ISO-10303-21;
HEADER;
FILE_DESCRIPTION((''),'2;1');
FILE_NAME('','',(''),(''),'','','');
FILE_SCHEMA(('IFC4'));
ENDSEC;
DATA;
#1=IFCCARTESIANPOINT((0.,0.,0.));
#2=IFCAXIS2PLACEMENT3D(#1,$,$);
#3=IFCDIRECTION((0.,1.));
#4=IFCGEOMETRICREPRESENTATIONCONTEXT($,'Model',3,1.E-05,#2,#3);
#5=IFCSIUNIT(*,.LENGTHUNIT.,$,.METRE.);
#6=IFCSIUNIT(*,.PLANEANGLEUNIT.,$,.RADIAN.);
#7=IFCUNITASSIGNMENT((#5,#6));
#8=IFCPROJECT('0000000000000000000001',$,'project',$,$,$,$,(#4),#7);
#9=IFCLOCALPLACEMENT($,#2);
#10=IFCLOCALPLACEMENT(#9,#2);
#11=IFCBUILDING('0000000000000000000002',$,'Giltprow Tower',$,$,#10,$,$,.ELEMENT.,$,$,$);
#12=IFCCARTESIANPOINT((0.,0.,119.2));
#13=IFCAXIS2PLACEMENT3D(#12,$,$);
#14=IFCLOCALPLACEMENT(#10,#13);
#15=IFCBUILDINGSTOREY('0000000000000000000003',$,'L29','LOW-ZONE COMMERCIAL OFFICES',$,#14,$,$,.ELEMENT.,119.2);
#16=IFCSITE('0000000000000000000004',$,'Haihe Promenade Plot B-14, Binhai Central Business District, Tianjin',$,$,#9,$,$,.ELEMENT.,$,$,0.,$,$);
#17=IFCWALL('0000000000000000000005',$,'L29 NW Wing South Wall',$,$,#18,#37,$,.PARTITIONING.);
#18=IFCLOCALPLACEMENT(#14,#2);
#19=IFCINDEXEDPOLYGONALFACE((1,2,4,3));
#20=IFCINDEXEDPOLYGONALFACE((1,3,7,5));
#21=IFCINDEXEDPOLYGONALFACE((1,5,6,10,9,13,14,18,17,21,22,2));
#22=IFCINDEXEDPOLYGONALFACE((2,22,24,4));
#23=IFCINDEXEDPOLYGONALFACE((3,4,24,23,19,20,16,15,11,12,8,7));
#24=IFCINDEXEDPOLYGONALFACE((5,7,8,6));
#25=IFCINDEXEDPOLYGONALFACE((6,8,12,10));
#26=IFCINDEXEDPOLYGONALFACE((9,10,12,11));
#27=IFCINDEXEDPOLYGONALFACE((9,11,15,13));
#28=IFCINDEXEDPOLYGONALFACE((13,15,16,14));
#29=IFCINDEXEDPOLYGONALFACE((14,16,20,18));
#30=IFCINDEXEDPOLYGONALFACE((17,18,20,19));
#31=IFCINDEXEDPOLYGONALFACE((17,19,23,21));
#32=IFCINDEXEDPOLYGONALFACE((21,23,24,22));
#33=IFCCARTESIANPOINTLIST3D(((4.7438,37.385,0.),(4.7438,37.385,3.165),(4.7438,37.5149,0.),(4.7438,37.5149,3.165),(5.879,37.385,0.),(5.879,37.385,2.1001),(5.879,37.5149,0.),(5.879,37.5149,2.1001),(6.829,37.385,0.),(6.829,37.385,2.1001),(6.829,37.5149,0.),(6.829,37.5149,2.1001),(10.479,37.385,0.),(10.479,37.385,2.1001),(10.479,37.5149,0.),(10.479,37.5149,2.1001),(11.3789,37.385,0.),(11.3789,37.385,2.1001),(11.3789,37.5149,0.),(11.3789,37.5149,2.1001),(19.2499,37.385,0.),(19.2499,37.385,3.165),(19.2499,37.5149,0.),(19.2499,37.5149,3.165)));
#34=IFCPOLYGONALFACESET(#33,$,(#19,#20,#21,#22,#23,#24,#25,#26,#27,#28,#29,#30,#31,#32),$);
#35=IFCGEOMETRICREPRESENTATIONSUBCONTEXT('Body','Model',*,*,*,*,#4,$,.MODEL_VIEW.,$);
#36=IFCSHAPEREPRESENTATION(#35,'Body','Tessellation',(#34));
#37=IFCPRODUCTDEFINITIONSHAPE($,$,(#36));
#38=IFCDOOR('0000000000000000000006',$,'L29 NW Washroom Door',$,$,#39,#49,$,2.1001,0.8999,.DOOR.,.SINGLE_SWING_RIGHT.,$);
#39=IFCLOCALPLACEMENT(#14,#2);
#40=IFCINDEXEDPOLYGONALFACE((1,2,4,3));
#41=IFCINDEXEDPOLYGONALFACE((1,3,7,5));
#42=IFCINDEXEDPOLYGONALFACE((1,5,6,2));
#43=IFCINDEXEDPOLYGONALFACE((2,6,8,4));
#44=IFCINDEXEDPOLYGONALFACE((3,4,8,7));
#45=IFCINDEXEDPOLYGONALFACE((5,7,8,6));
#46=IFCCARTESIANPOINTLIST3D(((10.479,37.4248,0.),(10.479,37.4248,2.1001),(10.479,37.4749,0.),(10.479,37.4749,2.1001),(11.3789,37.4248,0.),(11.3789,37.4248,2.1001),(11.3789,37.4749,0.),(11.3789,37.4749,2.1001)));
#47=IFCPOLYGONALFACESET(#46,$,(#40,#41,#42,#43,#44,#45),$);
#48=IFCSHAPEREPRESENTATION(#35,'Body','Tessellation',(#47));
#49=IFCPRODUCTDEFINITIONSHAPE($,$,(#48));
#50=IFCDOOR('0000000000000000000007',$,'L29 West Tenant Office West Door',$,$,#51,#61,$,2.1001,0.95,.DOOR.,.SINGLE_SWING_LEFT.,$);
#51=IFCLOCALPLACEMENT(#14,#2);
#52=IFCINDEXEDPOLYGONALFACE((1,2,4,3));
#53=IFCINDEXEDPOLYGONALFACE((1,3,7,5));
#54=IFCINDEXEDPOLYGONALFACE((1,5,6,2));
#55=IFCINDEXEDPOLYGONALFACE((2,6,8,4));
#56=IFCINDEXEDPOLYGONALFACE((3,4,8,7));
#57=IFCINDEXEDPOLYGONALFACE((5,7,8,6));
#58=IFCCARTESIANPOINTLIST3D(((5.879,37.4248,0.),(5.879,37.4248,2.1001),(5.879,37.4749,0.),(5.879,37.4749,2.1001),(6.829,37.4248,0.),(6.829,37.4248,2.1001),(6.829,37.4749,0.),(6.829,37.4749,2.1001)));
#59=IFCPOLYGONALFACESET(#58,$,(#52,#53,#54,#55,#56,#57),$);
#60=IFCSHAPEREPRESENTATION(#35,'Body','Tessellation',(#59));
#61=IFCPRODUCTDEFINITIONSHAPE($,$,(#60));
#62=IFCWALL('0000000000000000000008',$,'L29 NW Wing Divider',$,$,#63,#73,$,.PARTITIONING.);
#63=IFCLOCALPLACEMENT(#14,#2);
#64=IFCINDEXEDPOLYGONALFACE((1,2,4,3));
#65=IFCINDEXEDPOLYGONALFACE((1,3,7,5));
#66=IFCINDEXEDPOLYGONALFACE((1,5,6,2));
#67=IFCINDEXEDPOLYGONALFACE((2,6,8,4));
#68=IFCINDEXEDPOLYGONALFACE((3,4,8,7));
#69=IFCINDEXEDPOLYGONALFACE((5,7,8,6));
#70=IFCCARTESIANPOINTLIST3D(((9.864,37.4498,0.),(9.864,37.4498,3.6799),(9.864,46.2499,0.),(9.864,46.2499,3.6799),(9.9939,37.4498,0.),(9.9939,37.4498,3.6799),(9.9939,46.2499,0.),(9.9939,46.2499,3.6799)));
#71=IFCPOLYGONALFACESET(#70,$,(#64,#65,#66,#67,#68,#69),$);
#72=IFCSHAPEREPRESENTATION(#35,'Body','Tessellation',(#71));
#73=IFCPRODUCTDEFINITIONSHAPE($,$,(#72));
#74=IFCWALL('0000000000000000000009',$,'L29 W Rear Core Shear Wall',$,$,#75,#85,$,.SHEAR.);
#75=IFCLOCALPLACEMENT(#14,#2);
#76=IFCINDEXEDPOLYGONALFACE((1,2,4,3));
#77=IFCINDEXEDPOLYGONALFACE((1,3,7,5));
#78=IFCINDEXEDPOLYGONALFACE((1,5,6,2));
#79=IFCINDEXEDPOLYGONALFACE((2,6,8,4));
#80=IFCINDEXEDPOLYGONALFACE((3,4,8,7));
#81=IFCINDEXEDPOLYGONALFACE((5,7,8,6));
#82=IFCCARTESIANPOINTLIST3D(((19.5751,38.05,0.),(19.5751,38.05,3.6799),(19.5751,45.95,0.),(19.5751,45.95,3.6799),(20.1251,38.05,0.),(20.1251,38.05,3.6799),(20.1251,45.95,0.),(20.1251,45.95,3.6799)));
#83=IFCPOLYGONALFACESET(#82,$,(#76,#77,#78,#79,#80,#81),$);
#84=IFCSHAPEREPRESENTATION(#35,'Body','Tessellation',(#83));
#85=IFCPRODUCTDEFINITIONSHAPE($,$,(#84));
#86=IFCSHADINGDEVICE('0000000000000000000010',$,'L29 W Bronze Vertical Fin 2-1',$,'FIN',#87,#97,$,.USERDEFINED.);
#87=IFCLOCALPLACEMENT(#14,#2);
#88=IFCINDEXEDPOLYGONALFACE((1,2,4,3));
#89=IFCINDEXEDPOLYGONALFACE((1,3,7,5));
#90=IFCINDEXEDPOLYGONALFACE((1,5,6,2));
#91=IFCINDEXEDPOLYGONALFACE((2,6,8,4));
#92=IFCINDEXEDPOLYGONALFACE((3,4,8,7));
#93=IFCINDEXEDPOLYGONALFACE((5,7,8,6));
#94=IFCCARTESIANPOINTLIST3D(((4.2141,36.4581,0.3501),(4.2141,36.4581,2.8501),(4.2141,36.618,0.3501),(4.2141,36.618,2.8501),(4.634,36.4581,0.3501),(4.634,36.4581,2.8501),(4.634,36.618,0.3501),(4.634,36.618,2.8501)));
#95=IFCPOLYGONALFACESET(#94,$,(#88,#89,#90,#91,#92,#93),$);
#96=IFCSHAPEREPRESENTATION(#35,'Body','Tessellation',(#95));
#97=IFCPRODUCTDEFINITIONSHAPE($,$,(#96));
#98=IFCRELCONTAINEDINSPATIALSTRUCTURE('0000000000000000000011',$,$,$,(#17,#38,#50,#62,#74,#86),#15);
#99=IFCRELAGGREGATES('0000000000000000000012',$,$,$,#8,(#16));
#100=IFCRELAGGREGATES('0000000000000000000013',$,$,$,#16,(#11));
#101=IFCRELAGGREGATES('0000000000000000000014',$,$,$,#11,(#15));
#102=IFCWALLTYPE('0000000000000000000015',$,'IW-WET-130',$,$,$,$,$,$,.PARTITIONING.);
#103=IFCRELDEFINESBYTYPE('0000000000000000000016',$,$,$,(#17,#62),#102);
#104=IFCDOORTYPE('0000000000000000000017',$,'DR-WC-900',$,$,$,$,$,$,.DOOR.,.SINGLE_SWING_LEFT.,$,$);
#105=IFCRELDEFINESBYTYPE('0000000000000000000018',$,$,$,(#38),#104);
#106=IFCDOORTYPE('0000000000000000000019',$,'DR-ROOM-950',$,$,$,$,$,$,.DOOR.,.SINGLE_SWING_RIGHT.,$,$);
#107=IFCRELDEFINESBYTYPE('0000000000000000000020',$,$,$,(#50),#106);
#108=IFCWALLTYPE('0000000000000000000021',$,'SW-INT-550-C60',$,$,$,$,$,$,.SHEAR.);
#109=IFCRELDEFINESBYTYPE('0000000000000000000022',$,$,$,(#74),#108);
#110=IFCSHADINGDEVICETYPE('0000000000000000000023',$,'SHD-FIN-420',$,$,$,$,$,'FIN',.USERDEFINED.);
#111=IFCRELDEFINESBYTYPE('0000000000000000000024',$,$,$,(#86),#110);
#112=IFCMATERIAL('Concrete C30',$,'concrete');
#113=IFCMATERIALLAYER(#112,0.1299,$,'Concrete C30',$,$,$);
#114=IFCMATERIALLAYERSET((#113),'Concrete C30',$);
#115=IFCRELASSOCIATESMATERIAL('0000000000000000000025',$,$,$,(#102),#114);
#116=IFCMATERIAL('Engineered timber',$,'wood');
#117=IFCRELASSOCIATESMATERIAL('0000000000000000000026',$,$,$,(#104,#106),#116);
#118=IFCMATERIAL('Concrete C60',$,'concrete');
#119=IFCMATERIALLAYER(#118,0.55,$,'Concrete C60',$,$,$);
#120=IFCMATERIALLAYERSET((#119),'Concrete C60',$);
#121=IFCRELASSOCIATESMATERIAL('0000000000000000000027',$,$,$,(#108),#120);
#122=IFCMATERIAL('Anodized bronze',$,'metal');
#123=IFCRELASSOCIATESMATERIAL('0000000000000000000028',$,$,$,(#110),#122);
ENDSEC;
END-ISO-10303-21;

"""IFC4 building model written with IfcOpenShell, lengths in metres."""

from ifc_helpers import new_model, si_unit, direction, frame, frame_2d, origin, origin_2d, place, context, subcontext, project, spatial, rectangle, extrude, source, transform, mapped, material, layer, layer_set, type_object, element, fill, save


model = new_model("IFC4")

# Units and contexts
model_context = context("Model", 3, precision=1e-05, world=origin(), true_north=direction((0.0, 1.0)))
body_context = subcontext(model_context, "Body", "Model", "MODEL_VIEW")
ifc_project = project(units=[si_unit("LENGTHUNIT", "METRE"), si_unit("PLANEANGLEUNIT", "RADIAN")], contexts=[model_context])

# Site, building, storey
site_placement = place(None, origin())
site = spatial("IfcSite", under=ifc_project, at=site_placement, Name="Haihe Promenade Plot B-14, Binhai Central Business District, Tianjin", CompositionType="ELEMENT", RefElevation=0.0)
building_placement = place(site_placement, origin())
building = spatial("IfcBuilding", under=site, at=building_placement, Name="Giltprow Tower", CompositionType="ELEMENT")
storey_placement = place(building_placement, frame((0.0, 0.0, 119.2)))
storey = spatial("IfcBuildingStorey", under=building, at=storey_placement, Name="L29", Description="LOW-ZONE COMMERCIAL OFFICES", CompositionType="ELEMENT", Elevation=119.2)

# Shared definitions
ifc_material_1 = material(Name="Concrete C60", Category="concrete")

# Shared definitions
ifc_material_2 = material(Name="Engineered timber", Category="wood")

# Wall, openings, doors
ifc_material_3 = material(Name="Concrete C30", Category="concrete")
ifc_layer_1 = layer(ifc_material_3, 0.1299, Name="Concrete C30")
ifc_layer_set_1 = layer_set([ifc_layer_1], Name="Concrete C30")
wall_type_1 = type_object("IfcWallType", Name="IW-WET-130", PredefinedType="PARTITIONING", material=ifc_layer_set_1)
wall_1_placement = place(storey_placement, frame((4.7439, 37.45, 0.0), z_axis=(0.0, 0.0, 1.0), x_axis=(1.0, 0.0, 0.0)))
wall_1 = element("IfcWall", 1, at=wall_1_placement, inside=storey, type_object=wall_type_1, Name="L29 NW Wing South Wall", PredefinedType="PARTITIONING", context=body_context, shape_type="SweptSolid", body=[
    extrude(rectangle(XDim=14.5061, YDim=0.1299, at=frame_2d((7.2529, 0.0))), origin(), (0.0, 0.0, 1.0), 3.165),
])
opening_1_placement = place(wall_1_placement, frame((1.135, 0.0, 0.0)))
opening_1 = element("IfcOpeningElement", 2, at=opening_1_placement, cuts=wall_1, PredefinedType="OPENING", context=body_context, shape_type="SweptSolid", body=[
    extrude(rectangle(XDim=0.95, YDim=2.1001, at=frame_2d((0.4751, 1.05))), frame((0.0, 0.075, 0.0), z_axis=(0.0, -1.0, 0.0), x_axis=(1.0, 0.0, 0.0)), (0.0, 0.0, 1.0), 0.1499),
])
opening_2_placement = place(wall_1_placement, frame((5.7351, 0.0, 0.0)))
opening_2 = element("IfcOpeningElement", 3, at=opening_2_placement, cuts=wall_1, PredefinedType="OPENING", context=body_context, shape_type="SweptSolid", body=[
    extrude(rectangle(XDim=0.8999, YDim=2.1001, at=frame_2d((0.45, 1.05))), frame((0.0, 0.075, 0.0), z_axis=(0.0, -1.0, 0.0), x_axis=(1.0, 0.0, 0.0)), (0.0, 0.0, 1.0), 0.1499),
])
door_type_1 = type_object("IfcDoorType", Name="DR-WC-900", OperationType="SINGLE_SWING_LEFT", PredefinedType="DOOR", material=ifc_material_2)
shared_shape_1 = source(origin(), body_context, "Body", "SweptSolid", [
    extrude(rectangle(XDim=0.8999, YDim=2.1001, at=frame_2d((0.45, 1.05))), frame((0.0, 0.0249, 0.0), z_axis=(0.0, -1.0, 0.0), x_axis=(1.0, 0.0, 0.0)), (0.0, 0.0, 1.0), 0.05),
])
door_1_placement = place(opening_2_placement, origin())
door_1 = element("IfcDoor", 4, at=door_1_placement, inside=storey, type_object=door_type_1, Name="L29 NW Washroom Door", OperationType="SINGLE_SWING_RIGHT", OverallHeight=2.1001, OverallWidth=0.8999, PredefinedType="DOOR", context=body_context, shape_type="MappedRepresentation", body=[
    mapped(shared_shape_1, transform((0.0, 0.0, 0.0), x_axis=(1.0, 0.0, 0.0), y_axis=(0.0, 1.0, 0.0), z_axis=(0.0, 0.0, 1.0), scale=1.0)),
])
fill(opening_2, door_1)
door_type_2 = type_object("IfcDoorType", Name="DR-ROOM-950", OperationType="SINGLE_SWING_RIGHT", PredefinedType="DOOR", material=ifc_material_2)
shared_shape_2 = source(origin(), body_context, "Body", "SweptSolid", [
    extrude(rectangle(XDim=0.95, YDim=2.1001, at=frame_2d((0.4751, 1.05))), frame((0.0, 0.0249, 0.0), z_axis=(0.0, -1.0, 0.0), x_axis=(1.0, 0.0, 0.0)), (0.0, 0.0, 1.0), 0.05),
])
door_2_placement = place(opening_1_placement, origin())
door_2 = element("IfcDoor", 5, at=door_2_placement, inside=storey, type_object=door_type_2, Name="L29 West Tenant Office West Door", OperationType="SINGLE_SWING_LEFT", OverallHeight=2.1001, OverallWidth=0.95, PredefinedType="DOOR", context=body_context, shape_type="MappedRepresentation", body=[
    mapped(shared_shape_2, transform((0.0, 0.0, 0.0), x_axis=(1.0, 0.0, 0.0), y_axis=(0.0, 1.0, 0.0), z_axis=(0.0, 0.0, 1.0), scale=1.0)),
])
fill(opening_1, door_2)

# Walls
wall_2_placement = place(storey_placement, frame((9.929, 37.45, 0.0), z_axis=(0.0, 0.0, 1.0), x_axis=(0.0, 1.0, 0.0)))
element("IfcWall", 6, at=wall_2_placement, inside=storey, type_object=wall_type_1, Name="L29 NW Wing Divider", PredefinedType="PARTITIONING", context=body_context, shape_type="SweptSolid", body=[
    extrude(rectangle(XDim=8.8, YDim=0.1299, at=frame_2d((4.3999, 0.0))), origin(), (0.0, 0.0, 1.0), 3.6799),
])
ifc_layer_2 = layer(ifc_material_1, 0.55, Name="Concrete C60")
ifc_layer_set_2 = layer_set([ifc_layer_2], Name="Concrete C60")
wall_type_2 = type_object("IfcWallType", Name="SW-INT-550-C60", PredefinedType="SHEAR", material=ifc_layer_set_2)
wall_3_placement = place(storey_placement, frame((19.8501, 38.05, 0.0), z_axis=(0.0, 0.0, 1.0), x_axis=(0.0, 1.0, 0.0)))
element("IfcWall", 7, at=wall_3_placement, inside=storey, type_object=wall_type_2, Name="L29 W Rear Core Shear Wall", PredefinedType="SHEAR", context=body_context, shape_type="SweptSolid", body=[
    extrude(rectangle(XDim=7.8999, YDim=0.55, at=frame_2d((3.95, 0.0))), origin(), (0.0, 0.0, 1.0), 3.6799),
])

# Shading device
ifc_material_4 = material(Name="Anodized bronze", Category="metal")
shading_device_type = type_object("IfcShadingDeviceType", Name="SHD-FIN-420", ElementType="FIN", PredefinedType="USERDEFINED", material=ifc_material_4)
shared_shape_3 = source(origin(), body_context, "Body", "SweptSolid", [
    extrude(rectangle(XDim=0.4199, YDim=0.1599, at=origin_2d()), origin(), (0.0, 0.0, 1.0), 2.5),
])
shading_device_placement = place(storey_placement, frame((4.4241, 36.5381, 0.3501), z_axis=(0.0, 0.0, 1.0), x_axis=(1.0, 0.0, 0.0)))
element("IfcShadingDevice", 8, at=shading_device_placement, inside=storey, type_object=shading_device_type, Name="L29 W Bronze Vertical Fin 2-1", ObjectType="FIN", PredefinedType="USERDEFINED", context=body_context, shape_type="MappedRepresentation", body=[
    mapped(shared_shape_3, transform((0.0, 0.0, 0.0), x_axis=(1.0, 0.0, 0.0), y_axis=(0.0, 1.0, 0.0), z_axis=(0.0, 0.0, 1.0), scale=1.0)),
])

save(model, "model.ifc")
